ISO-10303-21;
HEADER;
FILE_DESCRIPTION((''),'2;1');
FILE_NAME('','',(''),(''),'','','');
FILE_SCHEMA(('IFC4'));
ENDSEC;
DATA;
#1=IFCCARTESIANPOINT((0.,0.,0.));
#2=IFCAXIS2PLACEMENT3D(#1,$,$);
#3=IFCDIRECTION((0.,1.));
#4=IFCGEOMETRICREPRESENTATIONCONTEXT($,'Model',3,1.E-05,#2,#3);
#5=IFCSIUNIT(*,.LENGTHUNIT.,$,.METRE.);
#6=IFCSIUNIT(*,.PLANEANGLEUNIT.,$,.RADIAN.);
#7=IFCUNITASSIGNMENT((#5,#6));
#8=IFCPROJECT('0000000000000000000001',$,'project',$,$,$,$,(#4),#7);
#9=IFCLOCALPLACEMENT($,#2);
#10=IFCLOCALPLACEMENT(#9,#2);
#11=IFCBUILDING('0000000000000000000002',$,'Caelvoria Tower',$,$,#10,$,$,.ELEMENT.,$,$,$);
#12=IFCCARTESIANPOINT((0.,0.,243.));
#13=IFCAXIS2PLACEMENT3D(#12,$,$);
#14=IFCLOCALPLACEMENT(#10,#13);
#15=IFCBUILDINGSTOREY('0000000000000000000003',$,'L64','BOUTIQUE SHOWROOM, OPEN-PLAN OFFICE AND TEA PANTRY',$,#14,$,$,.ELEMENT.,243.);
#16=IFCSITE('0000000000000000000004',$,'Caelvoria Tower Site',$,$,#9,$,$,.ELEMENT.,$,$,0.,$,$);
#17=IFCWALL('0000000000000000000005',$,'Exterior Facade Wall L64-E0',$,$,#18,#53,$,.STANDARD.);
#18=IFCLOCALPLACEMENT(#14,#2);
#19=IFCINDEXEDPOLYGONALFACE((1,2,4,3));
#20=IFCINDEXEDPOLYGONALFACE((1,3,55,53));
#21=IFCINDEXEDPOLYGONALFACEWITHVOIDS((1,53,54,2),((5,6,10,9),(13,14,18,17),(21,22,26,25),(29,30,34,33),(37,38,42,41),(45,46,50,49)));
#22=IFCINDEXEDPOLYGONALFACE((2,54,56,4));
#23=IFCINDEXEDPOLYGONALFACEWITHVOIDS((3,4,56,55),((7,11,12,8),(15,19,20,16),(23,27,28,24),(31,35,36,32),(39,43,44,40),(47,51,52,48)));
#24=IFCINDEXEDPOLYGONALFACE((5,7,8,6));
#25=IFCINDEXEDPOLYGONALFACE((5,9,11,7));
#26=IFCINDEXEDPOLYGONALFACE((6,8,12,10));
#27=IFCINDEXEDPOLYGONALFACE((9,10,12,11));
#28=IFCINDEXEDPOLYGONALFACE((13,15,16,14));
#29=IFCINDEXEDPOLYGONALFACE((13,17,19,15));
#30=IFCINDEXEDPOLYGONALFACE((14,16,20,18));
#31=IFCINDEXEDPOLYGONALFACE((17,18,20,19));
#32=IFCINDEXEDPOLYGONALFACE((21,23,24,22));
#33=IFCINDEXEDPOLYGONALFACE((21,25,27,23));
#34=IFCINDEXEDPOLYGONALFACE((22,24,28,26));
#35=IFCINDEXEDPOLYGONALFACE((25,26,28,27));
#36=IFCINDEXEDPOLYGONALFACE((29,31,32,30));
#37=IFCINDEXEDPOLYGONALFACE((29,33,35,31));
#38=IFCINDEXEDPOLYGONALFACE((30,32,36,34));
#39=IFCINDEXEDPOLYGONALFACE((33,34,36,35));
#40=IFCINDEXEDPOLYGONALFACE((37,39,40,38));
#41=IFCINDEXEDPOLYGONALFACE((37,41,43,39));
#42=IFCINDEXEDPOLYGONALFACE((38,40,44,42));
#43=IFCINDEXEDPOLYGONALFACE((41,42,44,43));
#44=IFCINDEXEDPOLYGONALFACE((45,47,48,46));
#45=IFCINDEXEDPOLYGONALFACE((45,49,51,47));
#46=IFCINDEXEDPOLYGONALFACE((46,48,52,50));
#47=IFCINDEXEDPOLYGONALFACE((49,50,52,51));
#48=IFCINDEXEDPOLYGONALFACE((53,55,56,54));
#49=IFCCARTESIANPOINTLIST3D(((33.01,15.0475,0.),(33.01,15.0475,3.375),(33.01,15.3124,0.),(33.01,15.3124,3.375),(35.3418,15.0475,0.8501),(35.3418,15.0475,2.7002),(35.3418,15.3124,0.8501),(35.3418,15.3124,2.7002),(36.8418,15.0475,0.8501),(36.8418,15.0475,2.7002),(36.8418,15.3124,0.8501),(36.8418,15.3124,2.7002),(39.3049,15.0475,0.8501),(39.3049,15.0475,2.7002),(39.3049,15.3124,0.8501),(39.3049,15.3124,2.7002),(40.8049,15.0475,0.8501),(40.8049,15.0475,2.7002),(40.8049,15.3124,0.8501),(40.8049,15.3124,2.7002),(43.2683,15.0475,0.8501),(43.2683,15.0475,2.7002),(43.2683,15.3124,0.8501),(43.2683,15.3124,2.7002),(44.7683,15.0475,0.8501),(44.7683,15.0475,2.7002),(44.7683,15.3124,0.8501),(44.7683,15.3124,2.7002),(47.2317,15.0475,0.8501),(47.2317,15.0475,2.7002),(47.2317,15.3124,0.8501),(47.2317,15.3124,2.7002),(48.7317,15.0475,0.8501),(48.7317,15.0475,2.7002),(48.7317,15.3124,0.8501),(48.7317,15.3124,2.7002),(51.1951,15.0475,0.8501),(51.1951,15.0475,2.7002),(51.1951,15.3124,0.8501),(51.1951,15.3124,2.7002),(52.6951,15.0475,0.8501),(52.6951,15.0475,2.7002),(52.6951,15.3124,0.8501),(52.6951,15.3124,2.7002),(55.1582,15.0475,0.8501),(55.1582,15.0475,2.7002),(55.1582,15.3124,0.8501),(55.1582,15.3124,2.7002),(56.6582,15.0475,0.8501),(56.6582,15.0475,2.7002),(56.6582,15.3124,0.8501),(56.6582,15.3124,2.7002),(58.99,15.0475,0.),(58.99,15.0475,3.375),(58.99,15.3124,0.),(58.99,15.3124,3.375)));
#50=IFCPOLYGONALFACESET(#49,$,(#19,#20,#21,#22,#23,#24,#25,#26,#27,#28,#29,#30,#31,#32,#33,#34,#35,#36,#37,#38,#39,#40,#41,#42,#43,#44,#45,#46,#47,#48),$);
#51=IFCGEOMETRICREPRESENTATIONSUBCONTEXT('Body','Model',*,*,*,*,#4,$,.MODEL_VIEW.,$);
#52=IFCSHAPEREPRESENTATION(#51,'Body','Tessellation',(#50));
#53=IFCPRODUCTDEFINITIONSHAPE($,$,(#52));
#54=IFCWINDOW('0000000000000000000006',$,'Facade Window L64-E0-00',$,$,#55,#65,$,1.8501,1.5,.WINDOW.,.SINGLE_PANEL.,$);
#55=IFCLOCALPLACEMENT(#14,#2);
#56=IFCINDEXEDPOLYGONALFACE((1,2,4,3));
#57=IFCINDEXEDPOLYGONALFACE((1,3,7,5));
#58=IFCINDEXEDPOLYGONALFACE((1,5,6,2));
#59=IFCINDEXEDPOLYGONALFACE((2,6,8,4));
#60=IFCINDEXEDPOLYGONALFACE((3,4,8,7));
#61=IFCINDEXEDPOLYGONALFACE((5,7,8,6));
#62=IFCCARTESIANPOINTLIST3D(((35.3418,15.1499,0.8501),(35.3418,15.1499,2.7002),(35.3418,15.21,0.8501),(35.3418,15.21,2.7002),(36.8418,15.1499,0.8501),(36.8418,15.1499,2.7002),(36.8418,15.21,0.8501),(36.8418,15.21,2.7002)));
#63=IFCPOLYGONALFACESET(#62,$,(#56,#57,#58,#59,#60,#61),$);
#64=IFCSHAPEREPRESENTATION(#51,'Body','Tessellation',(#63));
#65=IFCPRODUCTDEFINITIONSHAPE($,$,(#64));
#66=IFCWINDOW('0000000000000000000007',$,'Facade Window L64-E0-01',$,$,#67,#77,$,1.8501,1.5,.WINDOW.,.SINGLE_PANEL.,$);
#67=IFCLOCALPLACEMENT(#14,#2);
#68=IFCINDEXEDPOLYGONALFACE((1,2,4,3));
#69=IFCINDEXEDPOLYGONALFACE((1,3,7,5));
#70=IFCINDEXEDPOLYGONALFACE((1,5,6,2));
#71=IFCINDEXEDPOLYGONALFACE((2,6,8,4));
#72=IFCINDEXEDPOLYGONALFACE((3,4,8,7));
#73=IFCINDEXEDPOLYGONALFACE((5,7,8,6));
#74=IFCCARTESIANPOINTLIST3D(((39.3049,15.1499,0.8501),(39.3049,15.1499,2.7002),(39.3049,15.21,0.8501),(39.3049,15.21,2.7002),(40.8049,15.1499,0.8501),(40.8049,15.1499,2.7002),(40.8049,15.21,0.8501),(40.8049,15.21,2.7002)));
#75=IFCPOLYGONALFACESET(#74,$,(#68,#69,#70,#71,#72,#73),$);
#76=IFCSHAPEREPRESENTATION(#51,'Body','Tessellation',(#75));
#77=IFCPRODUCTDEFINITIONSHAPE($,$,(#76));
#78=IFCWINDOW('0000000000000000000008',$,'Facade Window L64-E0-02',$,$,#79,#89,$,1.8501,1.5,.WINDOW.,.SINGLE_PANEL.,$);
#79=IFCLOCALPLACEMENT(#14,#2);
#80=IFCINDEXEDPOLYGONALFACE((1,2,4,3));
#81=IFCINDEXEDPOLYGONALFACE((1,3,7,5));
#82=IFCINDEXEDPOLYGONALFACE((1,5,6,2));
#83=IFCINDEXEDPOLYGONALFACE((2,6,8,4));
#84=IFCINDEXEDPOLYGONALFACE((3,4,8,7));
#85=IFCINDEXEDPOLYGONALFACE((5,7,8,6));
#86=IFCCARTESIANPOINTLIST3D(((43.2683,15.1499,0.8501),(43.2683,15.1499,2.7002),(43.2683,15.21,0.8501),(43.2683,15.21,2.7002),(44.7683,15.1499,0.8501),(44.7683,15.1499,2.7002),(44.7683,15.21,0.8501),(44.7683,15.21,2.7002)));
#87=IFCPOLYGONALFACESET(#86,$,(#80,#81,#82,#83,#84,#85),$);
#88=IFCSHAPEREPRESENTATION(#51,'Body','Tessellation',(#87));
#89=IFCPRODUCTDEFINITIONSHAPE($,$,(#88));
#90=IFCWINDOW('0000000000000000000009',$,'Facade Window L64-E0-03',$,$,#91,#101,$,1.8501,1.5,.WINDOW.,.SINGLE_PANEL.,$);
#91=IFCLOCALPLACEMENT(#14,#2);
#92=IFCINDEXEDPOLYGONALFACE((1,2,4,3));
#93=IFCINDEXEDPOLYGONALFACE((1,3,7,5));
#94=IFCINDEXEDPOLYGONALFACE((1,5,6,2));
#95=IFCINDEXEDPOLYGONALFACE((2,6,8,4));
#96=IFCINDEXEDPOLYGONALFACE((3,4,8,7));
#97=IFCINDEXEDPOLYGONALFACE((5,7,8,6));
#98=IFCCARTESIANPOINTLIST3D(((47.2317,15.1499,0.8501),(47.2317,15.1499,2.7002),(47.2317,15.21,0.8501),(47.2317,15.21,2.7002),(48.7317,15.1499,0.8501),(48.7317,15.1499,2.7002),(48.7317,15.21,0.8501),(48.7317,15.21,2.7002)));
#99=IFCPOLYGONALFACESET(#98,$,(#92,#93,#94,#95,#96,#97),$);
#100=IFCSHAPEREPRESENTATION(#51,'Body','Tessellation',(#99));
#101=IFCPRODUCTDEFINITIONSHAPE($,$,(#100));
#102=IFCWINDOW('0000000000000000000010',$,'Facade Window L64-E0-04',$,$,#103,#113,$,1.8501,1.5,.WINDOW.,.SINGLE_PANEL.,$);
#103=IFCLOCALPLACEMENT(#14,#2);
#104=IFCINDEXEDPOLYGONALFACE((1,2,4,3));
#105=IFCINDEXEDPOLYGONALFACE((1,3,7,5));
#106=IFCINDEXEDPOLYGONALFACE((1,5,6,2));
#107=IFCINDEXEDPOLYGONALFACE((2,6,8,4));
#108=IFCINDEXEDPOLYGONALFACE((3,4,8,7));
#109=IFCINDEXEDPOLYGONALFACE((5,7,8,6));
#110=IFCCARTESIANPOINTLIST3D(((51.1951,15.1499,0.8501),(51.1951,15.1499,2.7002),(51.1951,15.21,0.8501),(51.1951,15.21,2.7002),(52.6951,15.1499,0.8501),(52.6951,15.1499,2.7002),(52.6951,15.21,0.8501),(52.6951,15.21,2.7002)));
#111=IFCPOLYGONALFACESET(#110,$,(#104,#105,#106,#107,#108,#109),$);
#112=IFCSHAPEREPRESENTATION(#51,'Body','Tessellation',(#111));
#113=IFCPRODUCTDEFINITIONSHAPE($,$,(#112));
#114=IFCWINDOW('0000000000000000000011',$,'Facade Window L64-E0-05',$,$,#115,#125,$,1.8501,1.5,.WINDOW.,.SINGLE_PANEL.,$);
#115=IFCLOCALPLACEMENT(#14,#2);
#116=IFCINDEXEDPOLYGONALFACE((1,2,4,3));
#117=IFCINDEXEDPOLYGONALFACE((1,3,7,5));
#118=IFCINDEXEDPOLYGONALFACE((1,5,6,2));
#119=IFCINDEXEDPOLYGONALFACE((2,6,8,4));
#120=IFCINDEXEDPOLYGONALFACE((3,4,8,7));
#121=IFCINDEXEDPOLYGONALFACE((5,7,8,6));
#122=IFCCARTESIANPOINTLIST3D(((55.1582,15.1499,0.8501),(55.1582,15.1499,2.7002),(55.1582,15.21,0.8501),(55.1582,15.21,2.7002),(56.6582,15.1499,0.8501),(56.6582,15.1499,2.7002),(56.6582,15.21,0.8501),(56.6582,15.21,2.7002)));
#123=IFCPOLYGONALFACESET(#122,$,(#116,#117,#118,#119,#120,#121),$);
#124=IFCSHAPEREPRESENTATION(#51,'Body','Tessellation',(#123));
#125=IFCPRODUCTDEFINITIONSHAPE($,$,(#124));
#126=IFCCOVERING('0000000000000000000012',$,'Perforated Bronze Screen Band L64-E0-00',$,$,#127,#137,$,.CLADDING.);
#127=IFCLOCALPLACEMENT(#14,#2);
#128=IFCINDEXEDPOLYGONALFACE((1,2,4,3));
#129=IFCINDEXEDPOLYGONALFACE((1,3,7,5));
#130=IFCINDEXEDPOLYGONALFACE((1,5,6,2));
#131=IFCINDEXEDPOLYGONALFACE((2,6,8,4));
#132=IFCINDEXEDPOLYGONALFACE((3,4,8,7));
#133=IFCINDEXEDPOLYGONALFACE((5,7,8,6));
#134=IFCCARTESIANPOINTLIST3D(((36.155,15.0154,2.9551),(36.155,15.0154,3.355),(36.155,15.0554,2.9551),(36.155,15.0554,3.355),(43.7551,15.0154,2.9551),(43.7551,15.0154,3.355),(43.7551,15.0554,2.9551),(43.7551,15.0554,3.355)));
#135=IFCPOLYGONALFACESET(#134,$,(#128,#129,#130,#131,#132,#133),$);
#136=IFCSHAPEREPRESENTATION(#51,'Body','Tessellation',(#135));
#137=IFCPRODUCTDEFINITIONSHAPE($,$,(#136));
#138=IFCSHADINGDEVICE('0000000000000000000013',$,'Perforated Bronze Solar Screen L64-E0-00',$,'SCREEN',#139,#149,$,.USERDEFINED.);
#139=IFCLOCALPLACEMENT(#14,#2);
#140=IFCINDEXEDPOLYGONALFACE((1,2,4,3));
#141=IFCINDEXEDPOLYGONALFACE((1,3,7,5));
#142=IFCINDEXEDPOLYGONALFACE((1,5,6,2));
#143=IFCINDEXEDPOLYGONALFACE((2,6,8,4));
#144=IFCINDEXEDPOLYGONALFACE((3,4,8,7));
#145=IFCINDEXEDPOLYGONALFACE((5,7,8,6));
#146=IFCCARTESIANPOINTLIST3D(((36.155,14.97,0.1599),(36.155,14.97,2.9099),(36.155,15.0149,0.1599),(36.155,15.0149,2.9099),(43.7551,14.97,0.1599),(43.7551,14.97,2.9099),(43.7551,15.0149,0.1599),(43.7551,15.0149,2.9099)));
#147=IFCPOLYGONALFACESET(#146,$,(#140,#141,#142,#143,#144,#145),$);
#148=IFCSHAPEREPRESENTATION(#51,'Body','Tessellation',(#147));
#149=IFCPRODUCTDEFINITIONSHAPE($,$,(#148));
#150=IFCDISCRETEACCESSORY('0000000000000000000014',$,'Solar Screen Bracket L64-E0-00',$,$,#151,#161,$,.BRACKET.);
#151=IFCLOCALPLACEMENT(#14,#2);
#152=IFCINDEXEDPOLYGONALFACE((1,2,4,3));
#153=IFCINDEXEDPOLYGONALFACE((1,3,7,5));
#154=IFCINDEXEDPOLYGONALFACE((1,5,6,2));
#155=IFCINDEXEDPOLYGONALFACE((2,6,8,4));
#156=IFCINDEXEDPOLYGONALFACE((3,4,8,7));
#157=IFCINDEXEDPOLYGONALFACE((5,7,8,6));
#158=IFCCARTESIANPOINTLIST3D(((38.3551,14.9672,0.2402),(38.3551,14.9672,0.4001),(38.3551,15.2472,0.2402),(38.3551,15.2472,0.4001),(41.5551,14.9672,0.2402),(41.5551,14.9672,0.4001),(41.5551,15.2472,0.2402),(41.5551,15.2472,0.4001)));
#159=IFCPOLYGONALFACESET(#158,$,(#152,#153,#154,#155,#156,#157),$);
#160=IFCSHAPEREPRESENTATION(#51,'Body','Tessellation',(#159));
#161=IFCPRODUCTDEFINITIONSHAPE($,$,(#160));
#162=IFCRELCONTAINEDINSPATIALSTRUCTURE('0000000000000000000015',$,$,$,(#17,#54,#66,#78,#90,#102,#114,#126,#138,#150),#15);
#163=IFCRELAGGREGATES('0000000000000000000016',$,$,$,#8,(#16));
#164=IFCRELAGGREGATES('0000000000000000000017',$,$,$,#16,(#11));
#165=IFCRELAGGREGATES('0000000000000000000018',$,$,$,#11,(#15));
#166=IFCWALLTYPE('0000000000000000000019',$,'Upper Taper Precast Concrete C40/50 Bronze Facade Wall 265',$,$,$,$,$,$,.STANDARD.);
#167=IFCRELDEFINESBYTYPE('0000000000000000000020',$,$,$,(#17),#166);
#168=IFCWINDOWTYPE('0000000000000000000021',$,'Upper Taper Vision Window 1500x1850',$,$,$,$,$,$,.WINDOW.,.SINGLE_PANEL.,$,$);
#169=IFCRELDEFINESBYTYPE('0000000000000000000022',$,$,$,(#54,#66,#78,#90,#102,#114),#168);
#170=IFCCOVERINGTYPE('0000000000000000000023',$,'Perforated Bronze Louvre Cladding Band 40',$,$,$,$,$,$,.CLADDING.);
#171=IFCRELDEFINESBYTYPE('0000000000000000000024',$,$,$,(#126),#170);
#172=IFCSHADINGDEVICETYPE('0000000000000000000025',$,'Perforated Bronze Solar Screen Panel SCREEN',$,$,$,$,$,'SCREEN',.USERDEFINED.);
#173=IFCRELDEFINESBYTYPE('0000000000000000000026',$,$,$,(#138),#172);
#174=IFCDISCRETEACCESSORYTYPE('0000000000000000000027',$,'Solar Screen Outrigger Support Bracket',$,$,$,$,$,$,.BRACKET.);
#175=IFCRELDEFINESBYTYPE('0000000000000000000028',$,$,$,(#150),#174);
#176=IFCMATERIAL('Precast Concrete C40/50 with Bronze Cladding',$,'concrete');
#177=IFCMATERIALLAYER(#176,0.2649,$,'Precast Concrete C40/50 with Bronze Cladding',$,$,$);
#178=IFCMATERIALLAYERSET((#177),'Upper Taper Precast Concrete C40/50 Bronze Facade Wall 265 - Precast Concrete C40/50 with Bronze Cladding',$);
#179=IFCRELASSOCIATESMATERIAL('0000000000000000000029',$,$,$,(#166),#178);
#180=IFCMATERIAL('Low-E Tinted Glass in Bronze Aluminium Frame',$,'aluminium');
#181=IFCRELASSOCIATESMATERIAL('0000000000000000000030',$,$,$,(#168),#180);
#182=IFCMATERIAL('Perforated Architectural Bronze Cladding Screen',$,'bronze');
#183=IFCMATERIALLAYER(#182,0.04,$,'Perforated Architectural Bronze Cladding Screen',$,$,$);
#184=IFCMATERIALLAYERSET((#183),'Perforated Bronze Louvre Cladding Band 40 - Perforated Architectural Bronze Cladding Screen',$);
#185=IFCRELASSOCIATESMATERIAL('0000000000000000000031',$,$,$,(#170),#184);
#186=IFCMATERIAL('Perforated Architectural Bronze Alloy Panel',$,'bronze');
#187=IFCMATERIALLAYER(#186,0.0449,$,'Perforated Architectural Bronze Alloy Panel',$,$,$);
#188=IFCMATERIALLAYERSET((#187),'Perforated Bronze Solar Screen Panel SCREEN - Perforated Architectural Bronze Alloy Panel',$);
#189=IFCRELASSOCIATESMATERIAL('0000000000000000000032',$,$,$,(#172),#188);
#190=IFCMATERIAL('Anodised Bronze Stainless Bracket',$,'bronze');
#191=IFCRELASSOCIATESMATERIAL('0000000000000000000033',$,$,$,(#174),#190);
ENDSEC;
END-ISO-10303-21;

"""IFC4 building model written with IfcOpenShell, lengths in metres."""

from ifc_helpers import new_model, si_unit, direction, frame, frame_2d, origin, origin_2d, place, context, subcontext, project, spatial, rectangle, extrude, material, layer, layer_set, type_object, element, fill, save


model = new_model("IFC4")

# Units and contexts
model_context = context("Model", 3, precision=1e-05, world=origin(), true_north=direction((0.0, 1.0)))
body_context = subcontext(model_context, "Body", "Model", "MODEL_VIEW")
ifc_project = project(units=[si_unit("LENGTHUNIT", "METRE"), si_unit("PLANEANGLEUNIT", "RADIAN")], contexts=[model_context])

# Site, building, storey
site_placement = place(None, origin())
site = spatial("IfcSite", under=ifc_project, at=site_placement, Name="Caelvoria Tower Site", CompositionType="ELEMENT", RefElevation=0.0)
building_placement = place(site_placement, origin())
building = spatial("IfcBuilding", under=site, at=building_placement, Name="Caelvoria Tower", CompositionType="ELEMENT")
storey_placement = place(building_placement, frame((0.0, 0.0, 243.0)))
storey = spatial("IfcBuildingStorey", under=building, at=storey_placement, Name="L64", Description="BOUTIQUE SHOWROOM, OPEN-PLAN OFFICE AND TEA PANTRY", CompositionType="ELEMENT", Elevation=243.0)

# Wall, openings, windows
ifc_material_1 = material(Name="Precast Concrete C40/50 with Bronze Cladding", Category="concrete")
ifc_layer_1 = layer(ifc_material_1, 0.2649, Name="Precast Concrete C40/50 with Bronze Cladding")
ifc_layer_set_1 = layer_set([ifc_layer_1], Name="Upper Taper Precast Concrete C40/50 Bronze Facade Wall 265 - Precast Concrete C40/50 with Bronze Cladding")
wall_type_1 = type_object("IfcWallType", Name="Upper Taper Precast Concrete C40/50 Bronze Facade Wall 265", PredefinedType="STANDARD", material=ifc_layer_set_1)
wall_1_placement = place(storey_placement, frame((33.01, 15.1799, 0.0), z_axis=(0.0, 0.0, 1.0), x_axis=(1.0, 0.0, 0.0)))
wall_1 = element("IfcWall", 1, at=wall_1_placement, inside=storey, type_object=wall_type_1, Name="Exterior Facade Wall L64-E0", PredefinedType="STANDARD", context=body_context, shape_type="SweptSolid", body=[
    extrude(rectangle(XDim=25.98, YDim=0.2649, at=frame_2d((12.99, 0.0))), origin(), (0.0, 0.0, 1.0), 3.375),
])
opening_1_placement = place(wall_1_placement, frame((2.3318, 0.0, 0.8501)))
opening_1 = element("IfcOpeningElement", 2, at=opening_1_placement, cuts=wall_1, PredefinedType="OPENING", context=body_context, shape_type="SweptSolid", body=[
    extrude(rectangle(XDim=1.5, YDim=1.8501, at=frame_2d((0.75, 0.925))), frame((0.0, 0.1423, 0.0), z_axis=(0.0, -1.0, 0.0), x_axis=(1.0, 0.0, 0.0)), (0.0, 0.0, 1.0), 0.2849),
])
opening_2_placement = place(wall_1_placement, frame((6.2949, 0.0, 0.8501)))
opening_2 = element("IfcOpeningElement", 3, at=opening_2_placement, cuts=wall_1, PredefinedType="OPENING", context=body_context, shape_type="SweptSolid", body=[
    extrude(rectangle(XDim=1.5, YDim=1.8501, at=frame_2d((0.75, 0.925))), frame((0.0, 0.1423, 0.0), z_axis=(0.0, -1.0, 0.0), x_axis=(1.0, 0.0, 0.0)), (0.0, 0.0, 1.0), 0.2849),
])
opening_3_placement = place(wall_1_placement, frame((10.2583, 0.0, 0.8501)))
opening_3 = element("IfcOpeningElement", 4, at=opening_3_placement, cuts=wall_1, PredefinedType="OPENING", context=body_context, shape_type="SweptSolid", body=[
    extrude(rectangle(XDim=1.5, YDim=1.8501, at=frame_2d((0.75, 0.925))), frame((0.0, 0.1423, 0.0), z_axis=(0.0, -1.0, 0.0), x_axis=(1.0, 0.0, 0.0)), (0.0, 0.0, 1.0), 0.2849),
])
opening_4_placement = place(wall_1_placement, frame((14.2217, 0.0, 0.8501)))
opening_4 = element("IfcOpeningElement", 5, at=opening_4_placement, cuts=wall_1, PredefinedType="OPENING", context=body_context, shape_type="SweptSolid", body=[
    extrude(rectangle(XDim=1.5, YDim=1.8501, at=frame_2d((0.75, 0.925))), frame((0.0, 0.1423, 0.0), z_axis=(0.0, -1.0, 0.0), x_axis=(1.0, 0.0, 0.0)), (0.0, 0.0, 1.0), 0.2849),
])
opening_5_placement = place(wall_1_placement, frame((18.1851, 0.0, 0.8501)))
opening_5 = element("IfcOpeningElement", 6, at=opening_5_placement, cuts=wall_1, PredefinedType="OPENING", context=body_context, shape_type="SweptSolid", body=[
    extrude(rectangle(XDim=1.5, YDim=1.8501, at=frame_2d((0.75, 0.925))), frame((0.0, 0.1423, 0.0), z_axis=(0.0, -1.0, 0.0), x_axis=(1.0, 0.0, 0.0)), (0.0, 0.0, 1.0), 0.2849),
])
opening_6_placement = place(wall_1_placement, frame((22.1482, 0.0, 0.8501)))
opening_6 = element("IfcOpeningElement", 7, at=opening_6_placement, cuts=wall_1, PredefinedType="OPENING", context=body_context, shape_type="SweptSolid", body=[
    extrude(rectangle(XDim=1.5, YDim=1.8501, at=frame_2d((0.75, 0.925))), frame((0.0, 0.1423, 0.0), z_axis=(0.0, -1.0, 0.0), x_axis=(1.0, 0.0, 0.0)), (0.0, 0.0, 1.0), 0.2849),
])
ifc_material_2 = material(Name="Low-E Tinted Glass in Bronze Aluminium Frame", Category="aluminium")
window_type = type_object("IfcWindowType", Name="Upper Taper Vision Window 1500x1850", PartitioningType="SINGLE_PANEL", PredefinedType="WINDOW", material=ifc_material_2)
window_1_placement = place(opening_1_placement, origin())
window_1 = element("IfcWindow", 8, at=window_1_placement, inside=storey, type_object=window_type, Name="Facade Window L64-E0-00", OverallHeight=1.8501, OverallWidth=1.5, PartitioningType="SINGLE_PANEL", PredefinedType="WINDOW", context=body_context, shape_type="SweptSolid", body=[
    extrude(rectangle(XDim=1.5, YDim=1.8501, at=frame_2d((0.75, 0.925))), frame((0.0, 0.03, 0.0), z_axis=(0.0, -1.0, 0.0), x_axis=(1.0, 0.0, 0.0)), (0.0, 0.0, 1.0), 0.0601),
])
fill(opening_1, window_1)
window_2_placement = place(opening_2_placement, origin())
window_2 = element("IfcWindow", 9, at=window_2_placement, inside=storey, type_object=window_type, Name="Facade Window L64-E0-01", OverallHeight=1.8501, OverallWidth=1.5, PartitioningType="SINGLE_PANEL", PredefinedType="WINDOW", context=body_context, shape_type="SweptSolid", body=[
    extrude(rectangle(XDim=1.5, YDim=1.8501, at=frame_2d((0.75, 0.925))), frame((0.0, 0.03, 0.0), z_axis=(0.0, -1.0, 0.0), x_axis=(1.0, 0.0, 0.0)), (0.0, 0.0, 1.0), 0.0601),
])
fill(opening_2, window_2)
window_3_placement = place(opening_3_placement, origin())
window_3 = element("IfcWindow", 10, at=window_3_placement, inside=storey, type_object=window_type, Name="Facade Window L64-E0-02", OverallHeight=1.8501, OverallWidth=1.5, PartitioningType="SINGLE_PANEL", PredefinedType="WINDOW", context=body_context, shape_type="SweptSolid", body=[
    extrude(rectangle(XDim=1.5, YDim=1.8501, at=frame_2d((0.75, 0.925))), frame((0.0, 0.03, 0.0), z_axis=(0.0, -1.0, 0.0), x_axis=(1.0, 0.0, 0.0)), (0.0, 0.0, 1.0), 0.0601),
])
fill(opening_3, window_3)
window_4_placement = place(opening_4_placement, origin())
window_4 = element("IfcWindow", 11, at=window_4_placement, inside=storey, type_object=window_type, Name="Facade Window L64-E0-03", OverallHeight=1.8501, OverallWidth=1.5, PartitioningType="SINGLE_PANEL", PredefinedType="WINDOW", context=body_context, shape_type="SweptSolid", body=[
    extrude(rectangle(XDim=1.5, YDim=1.8501, at=frame_2d((0.75, 0.925))), frame((0.0, 0.03, 0.0), z_axis=(0.0, -1.0, 0.0), x_axis=(1.0, 0.0, 0.0)), (0.0, 0.0, 1.0), 0.0601),
])
fill(opening_4, window_4)
window_5_placement = place(opening_5_placement, origin())
window_5 = element("IfcWindow", 12, at=window_5_placement, inside=storey, type_object=window_type, Name="Facade Window L64-E0-04", OverallHeight=1.8501, OverallWidth=1.5, PartitioningType="SINGLE_PANEL", PredefinedType="WINDOW", context=body_context, shape_type="SweptSolid", body=[
    extrude(rectangle(XDim=1.5, YDim=1.8501, at=frame_2d((0.75, 0.925))), frame((0.0, 0.03, 0.0), z_axis=(0.0, -1.0, 0.0), x_axis=(1.0, 0.0, 0.0)), (0.0, 0.0, 1.0), 0.0601),
])
fill(opening_5, window_5)
window_6_placement = place(opening_6_placement, origin())
window_6 = element("IfcWindow", 13, at=window_6_placement, inside=storey, type_object=window_type, Name="Facade Window L64-E0-05", OverallHeight=1.8501, OverallWidth=1.5, PartitioningType="SINGLE_PANEL", PredefinedType="WINDOW", context=body_context, shape_type="SweptSolid", body=[
    extrude(rectangle(XDim=1.5, YDim=1.8501, at=frame_2d((0.75, 0.925))), frame((0.0, 0.03, 0.0), z_axis=(0.0, -1.0, 0.0), x_axis=(1.0, 0.0, 0.0)), (0.0, 0.0, 1.0), 0.0601),
])
fill(opening_6, window_6)

# Covering
ifc_material_3 = material(Name="Perforated Architectural Bronze Cladding Screen", Category="bronze")
ifc_layer_2 = layer(ifc_material_3, 0.04, Name="Perforated Architectural Bronze Cladding Screen")
ifc_layer_set_2 = layer_set([ifc_layer_2], Name="Perforated Bronze Louvre Cladding Band 40 - Perforated Architectural Bronze Cladding Screen")
covering_type = type_object("IfcCoveringType", Name="Perforated Bronze Louvre Cladding Band 40", PredefinedType="CLADDING", material=ifc_layer_set_2)
covering_placement = place(storey_placement, frame((39.9551, 15.0354, 2.9551), z_axis=(0.0, 0.0, 1.0), x_axis=(1.0, 0.0, 0.0)))
element("IfcCovering", 14, at=covering_placement, inside=storey, type_object=covering_type, Name="Perforated Bronze Screen Band L64-E0-00", PredefinedType="CLADDING", context=body_context, shape_type="SweptSolid", body=[
    extrude(rectangle(XDim=7.6001, YDim=0.04, at=origin_2d()), origin(), (0.0, 0.0, 1.0), 0.3999),
])

# Shading device
ifc_material_4 = material(Name="Perforated Architectural Bronze Alloy Panel", Category="bronze")
ifc_layer_3 = layer(ifc_material_4, 0.0449, Name="Perforated Architectural Bronze Alloy Panel")
ifc_layer_set_3 = layer_set([ifc_layer_3], Name="Perforated Bronze Solar Screen Panel SCREEN - Perforated Architectural Bronze Alloy Panel")
shading_device_type = type_object("IfcShadingDeviceType", Name="Perforated Bronze Solar Screen Panel SCREEN", ElementType="SCREEN", PredefinedType="USERDEFINED", material=ifc_layer_set_3)
shading_device_placement = place(storey_placement, frame((39.9551, 14.9924, 0.1599), z_axis=(0.0, 0.0, 1.0), x_axis=(1.0, 0.0, 0.0)))
element("IfcShadingDevice", 15, at=shading_device_placement, inside=storey, type_object=shading_device_type, Name="Perforated Bronze Solar Screen L64-E0-00", ObjectType="SCREEN", PredefinedType="USERDEFINED", context=body_context, shape_type="SweptSolid", body=[
    extrude(rectangle(XDim=7.6001, YDim=0.0449, at=origin_2d()), origin(), (0.0, 0.0, 1.0), 2.75),
])

# Discrete accessory
ifc_material_5 = material(Name="Anodised Bronze Stainless Bracket", Category="bronze")
discrete_accessory_type = type_object("IfcDiscreteAccessoryType", Name="Solar Screen Outrigger Support Bracket", PredefinedType="BRACKET", material=ifc_material_5)
for number, where, z_axis, x_axis, name in (
    (16, (39.9551, 15.1072, 0.2402), (0.0, 0.0, 1.0), (1.0, 0.0, 0.0), "Solar Screen Bracket L64-E0-00"),
):
    element("IfcDiscreteAccessory", number, at=place(storey_placement, frame(where, z_axis=z_axis, x_axis=x_axis)), inside=storey, type_object=discrete_accessory_type, Name=name, PredefinedType="BRACKET", context=body_context, shape_type="SweptSolid", body=[
        extrude(rectangle(XDim=3.2, YDim=0.28, at=origin_2d()), origin(), (0.0, 0.0, 1.0), 0.1599),
    ])

save(model, "model.ifc")
